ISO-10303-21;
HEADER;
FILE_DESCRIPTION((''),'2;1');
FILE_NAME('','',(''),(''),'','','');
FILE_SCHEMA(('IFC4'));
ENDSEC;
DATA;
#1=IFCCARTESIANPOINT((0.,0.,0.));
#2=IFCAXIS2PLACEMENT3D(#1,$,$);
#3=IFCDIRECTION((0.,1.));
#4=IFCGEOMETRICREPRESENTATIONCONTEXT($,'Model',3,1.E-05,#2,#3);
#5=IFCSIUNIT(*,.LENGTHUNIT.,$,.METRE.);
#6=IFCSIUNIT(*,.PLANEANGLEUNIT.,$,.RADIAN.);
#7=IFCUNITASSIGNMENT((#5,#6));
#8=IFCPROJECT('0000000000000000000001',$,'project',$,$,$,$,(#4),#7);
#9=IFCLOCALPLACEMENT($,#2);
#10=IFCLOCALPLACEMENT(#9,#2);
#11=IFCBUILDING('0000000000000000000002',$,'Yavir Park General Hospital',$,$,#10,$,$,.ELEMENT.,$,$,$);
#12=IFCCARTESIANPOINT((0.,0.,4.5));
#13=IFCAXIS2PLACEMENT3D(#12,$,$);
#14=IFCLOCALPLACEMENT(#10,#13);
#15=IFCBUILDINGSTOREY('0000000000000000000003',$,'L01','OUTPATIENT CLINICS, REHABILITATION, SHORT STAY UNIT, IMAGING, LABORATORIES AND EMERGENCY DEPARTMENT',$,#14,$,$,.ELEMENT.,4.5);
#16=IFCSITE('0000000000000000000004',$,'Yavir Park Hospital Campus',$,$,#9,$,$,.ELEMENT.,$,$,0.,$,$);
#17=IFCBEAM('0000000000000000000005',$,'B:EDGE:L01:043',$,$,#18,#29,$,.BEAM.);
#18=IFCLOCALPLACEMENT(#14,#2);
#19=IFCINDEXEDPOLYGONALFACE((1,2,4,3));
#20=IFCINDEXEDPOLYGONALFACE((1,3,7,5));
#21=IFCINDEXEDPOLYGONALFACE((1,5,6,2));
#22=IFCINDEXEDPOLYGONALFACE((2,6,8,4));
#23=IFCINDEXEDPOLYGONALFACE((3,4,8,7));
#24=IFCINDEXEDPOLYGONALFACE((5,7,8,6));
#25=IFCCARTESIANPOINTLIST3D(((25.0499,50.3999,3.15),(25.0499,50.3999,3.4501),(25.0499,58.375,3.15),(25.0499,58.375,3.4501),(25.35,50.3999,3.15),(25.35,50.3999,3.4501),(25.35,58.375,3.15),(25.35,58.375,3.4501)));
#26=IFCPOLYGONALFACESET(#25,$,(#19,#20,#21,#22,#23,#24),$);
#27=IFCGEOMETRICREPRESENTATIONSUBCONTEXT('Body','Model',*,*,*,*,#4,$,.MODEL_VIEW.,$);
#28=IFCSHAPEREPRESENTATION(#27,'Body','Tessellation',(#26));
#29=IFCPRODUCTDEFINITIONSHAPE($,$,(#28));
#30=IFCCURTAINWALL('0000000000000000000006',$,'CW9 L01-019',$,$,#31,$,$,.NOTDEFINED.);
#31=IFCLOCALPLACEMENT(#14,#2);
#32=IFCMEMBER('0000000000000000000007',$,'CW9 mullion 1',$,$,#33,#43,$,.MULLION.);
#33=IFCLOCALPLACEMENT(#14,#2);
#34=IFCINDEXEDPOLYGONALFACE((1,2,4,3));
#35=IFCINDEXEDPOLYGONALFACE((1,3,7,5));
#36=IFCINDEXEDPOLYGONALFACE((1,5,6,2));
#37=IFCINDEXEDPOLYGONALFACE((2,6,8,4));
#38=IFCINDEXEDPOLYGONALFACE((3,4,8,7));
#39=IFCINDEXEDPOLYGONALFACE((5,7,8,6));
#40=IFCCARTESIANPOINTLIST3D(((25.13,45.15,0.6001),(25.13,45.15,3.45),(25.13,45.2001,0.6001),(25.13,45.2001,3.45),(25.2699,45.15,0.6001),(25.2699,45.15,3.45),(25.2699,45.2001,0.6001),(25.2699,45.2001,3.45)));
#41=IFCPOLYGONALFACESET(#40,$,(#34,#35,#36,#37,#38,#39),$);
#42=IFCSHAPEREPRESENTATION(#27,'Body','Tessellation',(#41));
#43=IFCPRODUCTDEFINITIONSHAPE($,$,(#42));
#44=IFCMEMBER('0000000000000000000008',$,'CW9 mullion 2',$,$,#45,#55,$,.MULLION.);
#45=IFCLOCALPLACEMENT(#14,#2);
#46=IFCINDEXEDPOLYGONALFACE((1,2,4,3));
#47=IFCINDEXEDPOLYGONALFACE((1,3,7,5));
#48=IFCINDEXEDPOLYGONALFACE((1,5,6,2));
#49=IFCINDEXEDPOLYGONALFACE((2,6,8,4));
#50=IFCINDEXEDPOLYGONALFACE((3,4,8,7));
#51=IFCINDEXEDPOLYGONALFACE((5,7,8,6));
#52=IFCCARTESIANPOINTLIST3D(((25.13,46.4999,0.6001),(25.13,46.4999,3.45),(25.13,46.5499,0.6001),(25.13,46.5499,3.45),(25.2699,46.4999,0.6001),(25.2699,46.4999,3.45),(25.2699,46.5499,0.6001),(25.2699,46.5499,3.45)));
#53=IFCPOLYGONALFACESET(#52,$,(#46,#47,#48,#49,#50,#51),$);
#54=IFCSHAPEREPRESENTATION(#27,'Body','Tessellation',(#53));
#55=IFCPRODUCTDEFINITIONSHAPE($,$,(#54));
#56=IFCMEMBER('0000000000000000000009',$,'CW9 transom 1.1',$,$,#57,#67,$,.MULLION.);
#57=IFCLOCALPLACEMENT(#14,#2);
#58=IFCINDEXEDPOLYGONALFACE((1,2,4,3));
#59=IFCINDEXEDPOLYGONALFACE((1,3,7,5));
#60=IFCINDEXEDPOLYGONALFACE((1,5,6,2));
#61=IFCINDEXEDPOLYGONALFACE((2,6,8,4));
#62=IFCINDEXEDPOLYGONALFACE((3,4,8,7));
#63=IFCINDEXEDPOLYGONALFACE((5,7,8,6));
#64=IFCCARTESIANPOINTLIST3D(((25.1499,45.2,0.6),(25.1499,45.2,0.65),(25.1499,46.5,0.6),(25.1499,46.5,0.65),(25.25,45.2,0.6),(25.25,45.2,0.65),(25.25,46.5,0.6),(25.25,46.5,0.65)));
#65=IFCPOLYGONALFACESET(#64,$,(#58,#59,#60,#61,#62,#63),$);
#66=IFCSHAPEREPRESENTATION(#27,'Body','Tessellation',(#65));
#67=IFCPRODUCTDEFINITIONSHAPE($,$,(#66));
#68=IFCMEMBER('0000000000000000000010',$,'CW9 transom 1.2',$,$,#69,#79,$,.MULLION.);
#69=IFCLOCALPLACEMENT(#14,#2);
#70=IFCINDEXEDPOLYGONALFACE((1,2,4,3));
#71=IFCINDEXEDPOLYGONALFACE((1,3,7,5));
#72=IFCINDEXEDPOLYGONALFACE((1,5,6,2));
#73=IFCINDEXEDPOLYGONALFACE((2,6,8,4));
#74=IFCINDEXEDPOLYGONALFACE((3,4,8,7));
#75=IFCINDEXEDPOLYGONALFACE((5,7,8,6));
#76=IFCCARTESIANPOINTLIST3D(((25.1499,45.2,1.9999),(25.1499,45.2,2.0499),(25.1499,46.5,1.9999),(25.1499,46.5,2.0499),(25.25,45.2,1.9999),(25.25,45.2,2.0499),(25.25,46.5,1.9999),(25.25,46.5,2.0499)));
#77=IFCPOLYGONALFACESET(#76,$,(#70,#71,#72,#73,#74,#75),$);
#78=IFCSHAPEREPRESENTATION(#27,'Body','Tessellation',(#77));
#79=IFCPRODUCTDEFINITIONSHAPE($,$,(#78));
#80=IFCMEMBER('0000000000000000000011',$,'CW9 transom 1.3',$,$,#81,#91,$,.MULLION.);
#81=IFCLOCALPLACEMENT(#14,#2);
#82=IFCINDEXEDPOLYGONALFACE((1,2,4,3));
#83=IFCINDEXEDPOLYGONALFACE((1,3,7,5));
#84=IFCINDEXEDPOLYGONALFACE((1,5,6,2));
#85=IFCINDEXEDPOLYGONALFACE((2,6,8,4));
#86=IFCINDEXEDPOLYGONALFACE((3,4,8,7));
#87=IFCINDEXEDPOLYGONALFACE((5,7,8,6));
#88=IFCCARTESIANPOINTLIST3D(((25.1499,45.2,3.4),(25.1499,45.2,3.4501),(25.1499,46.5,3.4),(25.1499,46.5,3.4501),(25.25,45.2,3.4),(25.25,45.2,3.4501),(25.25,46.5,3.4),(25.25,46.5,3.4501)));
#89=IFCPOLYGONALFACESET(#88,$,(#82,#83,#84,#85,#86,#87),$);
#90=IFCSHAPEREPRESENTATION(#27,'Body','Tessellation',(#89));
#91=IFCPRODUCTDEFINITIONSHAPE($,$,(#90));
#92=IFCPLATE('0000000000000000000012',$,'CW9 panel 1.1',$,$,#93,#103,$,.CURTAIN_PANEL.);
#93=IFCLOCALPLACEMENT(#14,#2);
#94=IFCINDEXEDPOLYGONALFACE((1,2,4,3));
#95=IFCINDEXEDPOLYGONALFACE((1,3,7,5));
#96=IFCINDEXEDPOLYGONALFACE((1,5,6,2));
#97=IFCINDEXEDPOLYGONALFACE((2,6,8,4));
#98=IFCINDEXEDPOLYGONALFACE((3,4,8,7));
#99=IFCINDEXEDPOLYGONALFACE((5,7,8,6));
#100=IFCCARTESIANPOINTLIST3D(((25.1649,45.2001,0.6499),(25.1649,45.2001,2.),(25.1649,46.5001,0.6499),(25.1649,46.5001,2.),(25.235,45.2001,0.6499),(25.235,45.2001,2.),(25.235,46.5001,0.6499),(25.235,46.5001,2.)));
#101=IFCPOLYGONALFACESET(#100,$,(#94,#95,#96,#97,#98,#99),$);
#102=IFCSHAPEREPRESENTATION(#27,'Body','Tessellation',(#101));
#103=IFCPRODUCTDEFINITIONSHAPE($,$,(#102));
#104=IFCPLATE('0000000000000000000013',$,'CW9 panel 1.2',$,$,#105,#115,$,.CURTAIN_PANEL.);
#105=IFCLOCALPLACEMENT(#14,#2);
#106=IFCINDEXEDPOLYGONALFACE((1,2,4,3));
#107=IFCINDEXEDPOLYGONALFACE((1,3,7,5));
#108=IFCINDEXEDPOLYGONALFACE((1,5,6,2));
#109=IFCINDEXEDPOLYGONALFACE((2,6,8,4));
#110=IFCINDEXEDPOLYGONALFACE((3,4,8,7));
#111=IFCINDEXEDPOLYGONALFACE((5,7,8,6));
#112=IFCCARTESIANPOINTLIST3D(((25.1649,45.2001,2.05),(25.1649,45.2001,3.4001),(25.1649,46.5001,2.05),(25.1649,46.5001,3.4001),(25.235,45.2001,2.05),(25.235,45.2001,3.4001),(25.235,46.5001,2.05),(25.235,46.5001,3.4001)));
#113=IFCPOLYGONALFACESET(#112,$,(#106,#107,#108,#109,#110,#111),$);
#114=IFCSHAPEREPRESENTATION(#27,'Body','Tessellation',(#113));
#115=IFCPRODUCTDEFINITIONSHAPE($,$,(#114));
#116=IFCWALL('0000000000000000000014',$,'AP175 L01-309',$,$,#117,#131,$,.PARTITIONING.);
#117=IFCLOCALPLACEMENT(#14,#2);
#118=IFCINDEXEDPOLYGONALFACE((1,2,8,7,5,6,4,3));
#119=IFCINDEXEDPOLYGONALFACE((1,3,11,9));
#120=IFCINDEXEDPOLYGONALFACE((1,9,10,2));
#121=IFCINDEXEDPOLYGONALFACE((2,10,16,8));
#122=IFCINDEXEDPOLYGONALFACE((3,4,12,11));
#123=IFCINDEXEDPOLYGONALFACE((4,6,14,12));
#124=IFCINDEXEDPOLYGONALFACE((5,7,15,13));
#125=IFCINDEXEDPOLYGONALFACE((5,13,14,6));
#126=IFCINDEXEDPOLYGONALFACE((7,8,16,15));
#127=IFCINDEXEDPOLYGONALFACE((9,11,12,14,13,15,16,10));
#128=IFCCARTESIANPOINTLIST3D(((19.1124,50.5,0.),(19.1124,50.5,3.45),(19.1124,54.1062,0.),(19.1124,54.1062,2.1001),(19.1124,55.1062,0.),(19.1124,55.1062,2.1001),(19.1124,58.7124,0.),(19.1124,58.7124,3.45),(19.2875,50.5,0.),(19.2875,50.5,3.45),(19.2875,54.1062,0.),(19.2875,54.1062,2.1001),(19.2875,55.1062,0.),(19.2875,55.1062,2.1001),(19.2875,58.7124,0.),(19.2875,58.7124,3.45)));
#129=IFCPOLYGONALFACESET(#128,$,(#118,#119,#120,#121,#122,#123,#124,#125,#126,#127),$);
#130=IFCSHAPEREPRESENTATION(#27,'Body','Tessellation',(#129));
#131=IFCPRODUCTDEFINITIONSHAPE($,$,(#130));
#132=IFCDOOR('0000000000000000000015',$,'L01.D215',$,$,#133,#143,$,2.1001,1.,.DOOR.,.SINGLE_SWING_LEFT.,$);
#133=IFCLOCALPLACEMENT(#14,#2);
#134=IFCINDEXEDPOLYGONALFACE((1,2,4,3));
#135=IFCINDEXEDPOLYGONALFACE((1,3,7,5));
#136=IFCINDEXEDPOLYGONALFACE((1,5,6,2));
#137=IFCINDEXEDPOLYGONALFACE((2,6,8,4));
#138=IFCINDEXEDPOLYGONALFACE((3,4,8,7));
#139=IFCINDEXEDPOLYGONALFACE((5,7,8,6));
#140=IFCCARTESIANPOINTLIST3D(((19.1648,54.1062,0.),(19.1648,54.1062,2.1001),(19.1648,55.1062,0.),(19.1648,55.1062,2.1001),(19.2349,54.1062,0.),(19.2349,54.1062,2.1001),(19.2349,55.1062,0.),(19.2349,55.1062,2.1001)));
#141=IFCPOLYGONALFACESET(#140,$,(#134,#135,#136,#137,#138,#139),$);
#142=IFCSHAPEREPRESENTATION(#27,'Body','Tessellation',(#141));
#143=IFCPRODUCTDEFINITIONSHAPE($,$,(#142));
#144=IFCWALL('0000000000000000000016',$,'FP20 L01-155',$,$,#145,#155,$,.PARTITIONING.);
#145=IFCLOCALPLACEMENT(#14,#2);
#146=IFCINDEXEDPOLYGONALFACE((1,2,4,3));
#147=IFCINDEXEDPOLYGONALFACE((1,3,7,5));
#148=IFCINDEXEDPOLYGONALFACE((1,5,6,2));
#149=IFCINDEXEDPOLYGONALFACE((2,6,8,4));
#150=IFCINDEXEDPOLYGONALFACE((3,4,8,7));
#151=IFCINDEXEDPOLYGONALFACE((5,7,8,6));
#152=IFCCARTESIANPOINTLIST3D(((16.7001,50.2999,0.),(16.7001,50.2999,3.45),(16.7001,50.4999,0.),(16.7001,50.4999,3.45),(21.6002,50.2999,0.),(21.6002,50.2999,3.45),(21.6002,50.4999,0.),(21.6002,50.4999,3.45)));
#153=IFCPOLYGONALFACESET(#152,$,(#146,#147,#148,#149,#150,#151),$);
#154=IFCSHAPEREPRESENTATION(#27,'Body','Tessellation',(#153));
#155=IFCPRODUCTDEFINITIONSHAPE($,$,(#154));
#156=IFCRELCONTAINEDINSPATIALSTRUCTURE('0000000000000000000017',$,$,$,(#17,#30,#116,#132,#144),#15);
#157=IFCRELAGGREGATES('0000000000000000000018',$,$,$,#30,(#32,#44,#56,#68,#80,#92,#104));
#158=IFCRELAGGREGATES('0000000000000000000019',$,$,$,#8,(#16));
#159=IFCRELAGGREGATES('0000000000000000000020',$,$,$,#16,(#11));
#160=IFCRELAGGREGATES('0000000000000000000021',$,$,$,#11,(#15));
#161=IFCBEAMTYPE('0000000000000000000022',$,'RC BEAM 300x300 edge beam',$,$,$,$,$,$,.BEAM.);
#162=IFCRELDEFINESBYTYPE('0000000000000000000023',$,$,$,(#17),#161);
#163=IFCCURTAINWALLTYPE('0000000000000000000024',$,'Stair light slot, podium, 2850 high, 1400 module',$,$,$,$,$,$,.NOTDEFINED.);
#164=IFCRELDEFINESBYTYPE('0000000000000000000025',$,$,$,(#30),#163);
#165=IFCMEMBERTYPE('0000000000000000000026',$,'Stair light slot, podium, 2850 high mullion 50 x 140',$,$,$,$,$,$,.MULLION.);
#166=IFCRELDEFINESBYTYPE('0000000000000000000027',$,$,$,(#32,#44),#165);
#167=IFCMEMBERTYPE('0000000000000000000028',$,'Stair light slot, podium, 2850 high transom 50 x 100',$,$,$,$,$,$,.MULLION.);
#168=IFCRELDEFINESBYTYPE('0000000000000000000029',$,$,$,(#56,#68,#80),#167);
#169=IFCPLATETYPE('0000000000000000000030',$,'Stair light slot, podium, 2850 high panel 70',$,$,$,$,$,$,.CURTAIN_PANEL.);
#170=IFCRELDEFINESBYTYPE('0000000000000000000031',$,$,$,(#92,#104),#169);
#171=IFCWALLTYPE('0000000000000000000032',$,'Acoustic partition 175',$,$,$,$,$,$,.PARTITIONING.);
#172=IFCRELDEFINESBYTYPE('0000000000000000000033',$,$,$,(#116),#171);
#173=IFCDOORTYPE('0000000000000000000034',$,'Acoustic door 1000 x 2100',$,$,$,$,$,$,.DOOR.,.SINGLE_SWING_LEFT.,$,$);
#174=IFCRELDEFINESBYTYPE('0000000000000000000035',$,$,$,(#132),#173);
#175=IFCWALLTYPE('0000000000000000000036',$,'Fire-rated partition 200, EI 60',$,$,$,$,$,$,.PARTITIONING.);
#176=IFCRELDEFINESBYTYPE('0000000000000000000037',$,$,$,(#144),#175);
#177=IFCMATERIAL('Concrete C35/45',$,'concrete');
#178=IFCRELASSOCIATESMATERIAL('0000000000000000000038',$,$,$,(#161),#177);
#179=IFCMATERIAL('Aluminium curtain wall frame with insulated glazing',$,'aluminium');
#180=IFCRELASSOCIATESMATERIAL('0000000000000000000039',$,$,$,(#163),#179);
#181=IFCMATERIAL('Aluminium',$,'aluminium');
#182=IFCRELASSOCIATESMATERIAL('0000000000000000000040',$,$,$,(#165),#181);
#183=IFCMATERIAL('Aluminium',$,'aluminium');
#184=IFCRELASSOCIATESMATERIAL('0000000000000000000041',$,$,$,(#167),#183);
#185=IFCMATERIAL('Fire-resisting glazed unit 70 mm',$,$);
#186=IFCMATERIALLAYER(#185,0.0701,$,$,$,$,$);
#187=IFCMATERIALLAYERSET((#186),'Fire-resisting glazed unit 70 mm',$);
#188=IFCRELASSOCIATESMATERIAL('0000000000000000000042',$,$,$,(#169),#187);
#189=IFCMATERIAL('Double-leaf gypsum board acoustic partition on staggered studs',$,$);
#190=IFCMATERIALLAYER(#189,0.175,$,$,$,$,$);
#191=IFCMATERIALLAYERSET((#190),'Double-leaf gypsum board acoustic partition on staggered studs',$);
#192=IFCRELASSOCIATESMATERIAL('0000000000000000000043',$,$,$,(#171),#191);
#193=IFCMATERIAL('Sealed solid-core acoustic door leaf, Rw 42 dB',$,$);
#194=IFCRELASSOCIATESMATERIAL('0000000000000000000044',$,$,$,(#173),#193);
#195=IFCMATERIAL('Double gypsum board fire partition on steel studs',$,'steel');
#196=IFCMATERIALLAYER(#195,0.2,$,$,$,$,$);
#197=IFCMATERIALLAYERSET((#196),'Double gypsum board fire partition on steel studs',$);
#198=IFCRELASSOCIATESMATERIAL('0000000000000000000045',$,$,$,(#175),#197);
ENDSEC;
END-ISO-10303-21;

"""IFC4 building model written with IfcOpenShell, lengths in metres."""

from ifc_helpers import new_model, si_unit, direction, frame, frame_2d, origin, origin_2d, place, context, subcontext, project, spatial, rectangle, extrude, material, layer, layer_set, material_profile, profile_set, type_object, element, fill, aggregate, save


model = new_model("IFC4")

# Units and contexts
model_context = context("Model", 3, precision=1e-05, world=origin(), true_north=direction((0.0, 1.0)))
body_context = subcontext(model_context, "Body", "Model", "MODEL_VIEW")
ifc_project = project(units=[si_unit("LENGTHUNIT", "METRE"), si_unit("PLANEANGLEUNIT", "RADIAN")], contexts=[model_context])

# Site, building, storey
site_placement = place(None, origin())
site = spatial("IfcSite", under=ifc_project, at=site_placement, Name="Yavir Park Hospital Campus", CompositionType="ELEMENT", RefElevation=0.0)
building_placement = place(site_placement, origin())
building = spatial("IfcBuilding", under=site, at=building_placement, Name="Yavir Park General Hospital", CompositionType="ELEMENT")
storey_placement = place(building_placement, frame((0.0, 0.0, 4.5)))
storey = spatial("IfcBuildingStorey", under=building, at=storey_placement, Name="L01", Description="OUTPATIENT CLINICS, REHABILITATION, SHORT STAY UNIT, IMAGING, LABORATORIES AND EMERGENCY DEPARTMENT", CompositionType="ELEMENT", Elevation=4.5)

# Beam
ifc_material_1 = material(Name="Concrete C35/45", Category="concrete")
ifc_material_profile_1 = material_profile(ifc_material_1, rectangle(XDim=0.3, YDim=0.3, at=origin_2d()), Name="RC300x300")
ifc_profile_set_1 = profile_set([ifc_material_profile_1], Name="Concrete C35/45")
beam_type = type_object("IfcBeamType", Name="RC BEAM 300x300 edge beam", PredefinedType="BEAM", material=ifc_profile_set_1)
beam_placement = place(storey_placement, frame((25.2, 50.3999, 3.3), z_axis=(0.0, 1.0, 0.0), x_axis=(-1.0, 0.0, 0.0)))
element("IfcBeam", 1, at=beam_placement, inside=storey, type_object=beam_type, Name="B:EDGE:L01:043", PredefinedType="BEAM", context=body_context, shape_type="SweptSolid", body=[
    extrude(rectangle(XDim=0.3, YDim=0.3, at=origin_2d()), origin(), (0.0, 0.0, 1.0), 7.9751),
])

# Curtain wall, members, plates
ifc_material_2 = material(Name="Aluminium curtain wall frame with insulated glazing", Category="aluminium")
curtain_wall_type = type_object("IfcCurtainWallType", Name="Stair light slot, podium, 2850 high, 1400 module", PredefinedType="NOTDEFINED", material=ifc_material_2)
curtain_wall_placement = place(storey_placement, origin())
curtain_wall = element("IfcCurtainWall", 2, at=curtain_wall_placement, inside=storey, type_object=curtain_wall_type, Name="CW9 L01-019", PredefinedType="NOTDEFINED")
ifc_material_3 = material(Name="Aluminium", Category="aluminium")
ifc_material_profile_2 = material_profile(ifc_material_3, rectangle(XDim=0.1399, YDim=0.05, at=origin_2d()), Name="AL 50x140")
ifc_profile_set_2 = profile_set([ifc_material_profile_2], Name="Aluminium")
member_type_1 = type_object("IfcMemberType", Name="Stair light slot, podium, 2850 high mullion 50 x 140", PredefinedType="MULLION", material=ifc_profile_set_2)
member_1_placement = place(storey_placement, frame((25.2, 45.175, 0.6001), z_axis=(0.0, 0.0, 1.0), x_axis=(-1.0, 0.0, 0.0)))
member_1 = element("IfcMember", 3, at=member_1_placement, type_object=member_type_1, Name="CW9 mullion 1", PredefinedType="MULLION", context=body_context, shape_type="SweptSolid", body=[
    extrude(rectangle(XDim=0.1399, YDim=0.05, at=origin_2d()), origin(), (0.0, 0.0, 1.0), 2.8499),
])
member_2_placement = place(storey_placement, frame((25.2, 46.5249, 0.6001), z_axis=(0.0, 0.0, 1.0), x_axis=(-1.0, 0.0, 0.0)))
member_2 = element("IfcMember", 4, at=member_2_placement, type_object=member_type_1, Name="CW9 mullion 2", PredefinedType="MULLION", context=body_context, shape_type="SweptSolid", body=[
    extrude(rectangle(XDim=0.1399, YDim=0.05, at=origin_2d()), origin(), (0.0, 0.0, 1.0), 2.8499),
])
ifc_material_4 = material(Name="Aluminium", Category="aluminium")
ifc_material_profile_3 = material_profile(ifc_material_4, rectangle(XDim=0.1001, YDim=0.05, at=origin_2d()), Name="AL 100x50")
ifc_profile_set_3 = profile_set([ifc_material_profile_3], Name="Aluminium")
member_type_2 = type_object("IfcMemberType", Name="Stair light slot, podium, 2850 high transom 50 x 100", PredefinedType="MULLION", material=ifc_profile_set_3)
member_3_placement = place(storey_placement, frame((25.2, 45.2, 0.625), z_axis=(0.0, 1.0, 0.0), x_axis=(-1.0, 0.0, 0.0)))
member_3 = element("IfcMember", 5, at=member_3_placement, type_object=member_type_2, Name="CW9 transom 1.1", PredefinedType="MULLION", context=body_context, shape_type="SweptSolid", body=[
    extrude(rectangle(XDim=0.1001, YDim=0.05, at=origin_2d()), origin(), (0.0, 0.0, 1.0), 1.3),
])
member_4_placement = place(storey_placement, frame((25.2, 45.2, 2.0249), z_axis=(0.0, 1.0, 0.0), x_axis=(-1.0, 0.0, 0.0)))
member_4 = element("IfcMember", 6, at=member_4_placement, type_object=member_type_2, Name="CW9 transom 1.2", PredefinedType="MULLION", context=body_context, shape_type="SweptSolid", body=[
    extrude(rectangle(XDim=0.1001, YDim=0.05, at=origin_2d()), origin(), (0.0, 0.0, 1.0), 1.3),
])
member_5_placement = place(storey_placement, frame((25.2, 45.2, 3.425), z_axis=(0.0, 1.0, 0.0), x_axis=(-1.0, 0.0, 0.0)))
member_5 = element("IfcMember", 7, at=member_5_placement, type_object=member_type_2, Name="CW9 transom 1.3", PredefinedType="MULLION", context=body_context, shape_type="SweptSolid", body=[
    extrude(rectangle(XDim=0.1001, YDim=0.05, at=origin_2d()), origin(), (0.0, 0.0, 1.0), 1.3),
])
ifc_material_5 = material(Name="Fire-resisting glazed unit 70 mm")
ifc_layer_1 = layer(ifc_material_5, 0.0701)
ifc_layer_set_1 = layer_set([ifc_layer_1], Name="Fire-resisting glazed unit 70 mm")
plate_type = type_object("IfcPlateType", Name="Stair light slot, podium, 2850 high panel 70", PredefinedType="CURTAIN_PANEL", material=ifc_layer_set_1)
plate_1_placement = place(storey_placement, frame((25.2, 45.8501, 0.6499), z_axis=(0.0, 0.0, 1.0), x_axis=(0.0, 1.0, 0.0)))
plate_1 = element("IfcPlate", 8, at=plate_1_placement, type_object=plate_type, Name="CW9 panel 1.1", PredefinedType="CURTAIN_PANEL", context=body_context, shape_type="SweptSolid", body=[
    extrude(rectangle(XDim=1.3, YDim=0.0701, at=origin_2d()), origin(), (0.0, 0.0, 1.0), 1.3501),
])
plate_2_placement = place(storey_placement, frame((25.2, 45.8501, 2.05), z_axis=(0.0, 0.0, 1.0), x_axis=(0.0, 1.0, 0.0)))
plate_2 = element("IfcPlate", 9, at=plate_2_placement, type_object=plate_type, Name="CW9 panel 1.2", PredefinedType="CURTAIN_PANEL", context=body_context, shape_type="SweptSolid", body=[
    extrude(rectangle(XDim=1.3, YDim=0.0701, at=origin_2d()), origin(), (0.0, 0.0, 1.0), 1.3501),
])
aggregate(curtain_wall, [member_1, member_2, member_3, member_4, member_5, plate_1, plate_2])

# Wall, opening, door
ifc_material_6 = material(Name="Double-leaf gypsum board acoustic partition on staggered studs")
ifc_layer_2 = layer(ifc_material_6, 0.175)
ifc_layer_set_2 = layer_set([ifc_layer_2], Name="Double-leaf gypsum board acoustic partition on staggered studs")
wall_type_1 = type_object("IfcWallType", Name="Acoustic partition 175", PredefinedType="PARTITIONING", material=ifc_layer_set_2)
wall_1_placement = place(storey_placement, frame((19.2, 50.5, 0.0), z_axis=(0.0, 0.0, 1.0), x_axis=(0.0, 1.0, 0.0)))
wall_1 = element("IfcWall", 10, at=wall_1_placement, inside=storey, type_object=wall_type_1, Name="AP175 L01-309", PredefinedType="PARTITIONING", context=body_context, shape_type="SweptSolid", body=[
    extrude(rectangle(XDim=8.2124, YDim=0.175, at=frame_2d((4.1062, 0.0))), origin(), (0.0, 0.0, 1.0), 3.45),
])
opening_1_placement = place(wall_1_placement, frame((3.6062, 0.0, 0.0)))
opening_1 = element("IfcOpeningElement", 11, at=opening_1_placement, cuts=wall_1, PredefinedType="OPENING", context=body_context, shape_type="SweptSolid", body=[
    extrude(rectangle(XDim=1.0, YDim=2.1001, at=frame_2d((0.5, 1.05))), frame((0.0, 0.0974, 0.0), z_axis=(0.0, -1.0, 0.0), x_axis=(1.0, 0.0, 0.0)), (0.0, 0.0, 1.0), 0.1951),
])
ifc_material_7 = material(Name="Sealed solid-core acoustic door leaf, Rw 42 dB")
door_type_1 = type_object("IfcDoorType", Name="Acoustic door 1000 x 2100", OperationType="SINGLE_SWING_LEFT", PredefinedType="DOOR", material=ifc_material_7)
door_1_placement = place(opening_1_placement, origin())
door_1 = element("IfcDoor", 12, at=door_1_placement, inside=storey, type_object=door_type_1, Name="L01.D215", OperationType="SINGLE_SWING_LEFT", OverallHeight=2.1001, OverallWidth=1.0, PredefinedType="DOOR", context=body_context, shape_type="SweptSolid", body=[
    extrude(rectangle(XDim=1.0, YDim=2.1001, at=frame_2d((0.5, 1.05))), frame((0.0, 0.0352, 0.0), z_axis=(0.0, -1.0, 0.0), x_axis=(1.0, 0.0, 0.0)), (0.0, 0.0, 1.0), 0.0701),
])
fill(opening_1, door_1)

# Wall
ifc_material_8 = material(Name="Double gypsum board fire partition on steel studs", Category="steel")
ifc_layer_3 = layer(ifc_material_8, 0.2)
ifc_layer_set_3 = layer_set([ifc_layer_3], Name="Double gypsum board fire partition on steel studs")
wall_type_2 = type_object("IfcWallType", Name="Fire-rated partition 200, EI 60", PredefinedType="PARTITIONING", material=ifc_layer_set_3)
wall_2_placement = place(storey_placement, frame((16.7, 50.3999, 0.0), z_axis=(0.0, 0.0, 1.0), x_axis=(1.0, 0.0, 0.0)))
element("IfcWall", 13, at=wall_2_placement, inside=storey, type_object=wall_type_2, Name="FP20 L01-155", PredefinedType="PARTITIONING", context=body_context, shape_type="SweptSolid", body=[
    extrude(rectangle(XDim=4.9001, YDim=0.2, at=frame_2d((2.4502, 0.0))), origin(), (0.0, 0.0, 1.0), 3.45),
])

save(model, "model.ifc")
